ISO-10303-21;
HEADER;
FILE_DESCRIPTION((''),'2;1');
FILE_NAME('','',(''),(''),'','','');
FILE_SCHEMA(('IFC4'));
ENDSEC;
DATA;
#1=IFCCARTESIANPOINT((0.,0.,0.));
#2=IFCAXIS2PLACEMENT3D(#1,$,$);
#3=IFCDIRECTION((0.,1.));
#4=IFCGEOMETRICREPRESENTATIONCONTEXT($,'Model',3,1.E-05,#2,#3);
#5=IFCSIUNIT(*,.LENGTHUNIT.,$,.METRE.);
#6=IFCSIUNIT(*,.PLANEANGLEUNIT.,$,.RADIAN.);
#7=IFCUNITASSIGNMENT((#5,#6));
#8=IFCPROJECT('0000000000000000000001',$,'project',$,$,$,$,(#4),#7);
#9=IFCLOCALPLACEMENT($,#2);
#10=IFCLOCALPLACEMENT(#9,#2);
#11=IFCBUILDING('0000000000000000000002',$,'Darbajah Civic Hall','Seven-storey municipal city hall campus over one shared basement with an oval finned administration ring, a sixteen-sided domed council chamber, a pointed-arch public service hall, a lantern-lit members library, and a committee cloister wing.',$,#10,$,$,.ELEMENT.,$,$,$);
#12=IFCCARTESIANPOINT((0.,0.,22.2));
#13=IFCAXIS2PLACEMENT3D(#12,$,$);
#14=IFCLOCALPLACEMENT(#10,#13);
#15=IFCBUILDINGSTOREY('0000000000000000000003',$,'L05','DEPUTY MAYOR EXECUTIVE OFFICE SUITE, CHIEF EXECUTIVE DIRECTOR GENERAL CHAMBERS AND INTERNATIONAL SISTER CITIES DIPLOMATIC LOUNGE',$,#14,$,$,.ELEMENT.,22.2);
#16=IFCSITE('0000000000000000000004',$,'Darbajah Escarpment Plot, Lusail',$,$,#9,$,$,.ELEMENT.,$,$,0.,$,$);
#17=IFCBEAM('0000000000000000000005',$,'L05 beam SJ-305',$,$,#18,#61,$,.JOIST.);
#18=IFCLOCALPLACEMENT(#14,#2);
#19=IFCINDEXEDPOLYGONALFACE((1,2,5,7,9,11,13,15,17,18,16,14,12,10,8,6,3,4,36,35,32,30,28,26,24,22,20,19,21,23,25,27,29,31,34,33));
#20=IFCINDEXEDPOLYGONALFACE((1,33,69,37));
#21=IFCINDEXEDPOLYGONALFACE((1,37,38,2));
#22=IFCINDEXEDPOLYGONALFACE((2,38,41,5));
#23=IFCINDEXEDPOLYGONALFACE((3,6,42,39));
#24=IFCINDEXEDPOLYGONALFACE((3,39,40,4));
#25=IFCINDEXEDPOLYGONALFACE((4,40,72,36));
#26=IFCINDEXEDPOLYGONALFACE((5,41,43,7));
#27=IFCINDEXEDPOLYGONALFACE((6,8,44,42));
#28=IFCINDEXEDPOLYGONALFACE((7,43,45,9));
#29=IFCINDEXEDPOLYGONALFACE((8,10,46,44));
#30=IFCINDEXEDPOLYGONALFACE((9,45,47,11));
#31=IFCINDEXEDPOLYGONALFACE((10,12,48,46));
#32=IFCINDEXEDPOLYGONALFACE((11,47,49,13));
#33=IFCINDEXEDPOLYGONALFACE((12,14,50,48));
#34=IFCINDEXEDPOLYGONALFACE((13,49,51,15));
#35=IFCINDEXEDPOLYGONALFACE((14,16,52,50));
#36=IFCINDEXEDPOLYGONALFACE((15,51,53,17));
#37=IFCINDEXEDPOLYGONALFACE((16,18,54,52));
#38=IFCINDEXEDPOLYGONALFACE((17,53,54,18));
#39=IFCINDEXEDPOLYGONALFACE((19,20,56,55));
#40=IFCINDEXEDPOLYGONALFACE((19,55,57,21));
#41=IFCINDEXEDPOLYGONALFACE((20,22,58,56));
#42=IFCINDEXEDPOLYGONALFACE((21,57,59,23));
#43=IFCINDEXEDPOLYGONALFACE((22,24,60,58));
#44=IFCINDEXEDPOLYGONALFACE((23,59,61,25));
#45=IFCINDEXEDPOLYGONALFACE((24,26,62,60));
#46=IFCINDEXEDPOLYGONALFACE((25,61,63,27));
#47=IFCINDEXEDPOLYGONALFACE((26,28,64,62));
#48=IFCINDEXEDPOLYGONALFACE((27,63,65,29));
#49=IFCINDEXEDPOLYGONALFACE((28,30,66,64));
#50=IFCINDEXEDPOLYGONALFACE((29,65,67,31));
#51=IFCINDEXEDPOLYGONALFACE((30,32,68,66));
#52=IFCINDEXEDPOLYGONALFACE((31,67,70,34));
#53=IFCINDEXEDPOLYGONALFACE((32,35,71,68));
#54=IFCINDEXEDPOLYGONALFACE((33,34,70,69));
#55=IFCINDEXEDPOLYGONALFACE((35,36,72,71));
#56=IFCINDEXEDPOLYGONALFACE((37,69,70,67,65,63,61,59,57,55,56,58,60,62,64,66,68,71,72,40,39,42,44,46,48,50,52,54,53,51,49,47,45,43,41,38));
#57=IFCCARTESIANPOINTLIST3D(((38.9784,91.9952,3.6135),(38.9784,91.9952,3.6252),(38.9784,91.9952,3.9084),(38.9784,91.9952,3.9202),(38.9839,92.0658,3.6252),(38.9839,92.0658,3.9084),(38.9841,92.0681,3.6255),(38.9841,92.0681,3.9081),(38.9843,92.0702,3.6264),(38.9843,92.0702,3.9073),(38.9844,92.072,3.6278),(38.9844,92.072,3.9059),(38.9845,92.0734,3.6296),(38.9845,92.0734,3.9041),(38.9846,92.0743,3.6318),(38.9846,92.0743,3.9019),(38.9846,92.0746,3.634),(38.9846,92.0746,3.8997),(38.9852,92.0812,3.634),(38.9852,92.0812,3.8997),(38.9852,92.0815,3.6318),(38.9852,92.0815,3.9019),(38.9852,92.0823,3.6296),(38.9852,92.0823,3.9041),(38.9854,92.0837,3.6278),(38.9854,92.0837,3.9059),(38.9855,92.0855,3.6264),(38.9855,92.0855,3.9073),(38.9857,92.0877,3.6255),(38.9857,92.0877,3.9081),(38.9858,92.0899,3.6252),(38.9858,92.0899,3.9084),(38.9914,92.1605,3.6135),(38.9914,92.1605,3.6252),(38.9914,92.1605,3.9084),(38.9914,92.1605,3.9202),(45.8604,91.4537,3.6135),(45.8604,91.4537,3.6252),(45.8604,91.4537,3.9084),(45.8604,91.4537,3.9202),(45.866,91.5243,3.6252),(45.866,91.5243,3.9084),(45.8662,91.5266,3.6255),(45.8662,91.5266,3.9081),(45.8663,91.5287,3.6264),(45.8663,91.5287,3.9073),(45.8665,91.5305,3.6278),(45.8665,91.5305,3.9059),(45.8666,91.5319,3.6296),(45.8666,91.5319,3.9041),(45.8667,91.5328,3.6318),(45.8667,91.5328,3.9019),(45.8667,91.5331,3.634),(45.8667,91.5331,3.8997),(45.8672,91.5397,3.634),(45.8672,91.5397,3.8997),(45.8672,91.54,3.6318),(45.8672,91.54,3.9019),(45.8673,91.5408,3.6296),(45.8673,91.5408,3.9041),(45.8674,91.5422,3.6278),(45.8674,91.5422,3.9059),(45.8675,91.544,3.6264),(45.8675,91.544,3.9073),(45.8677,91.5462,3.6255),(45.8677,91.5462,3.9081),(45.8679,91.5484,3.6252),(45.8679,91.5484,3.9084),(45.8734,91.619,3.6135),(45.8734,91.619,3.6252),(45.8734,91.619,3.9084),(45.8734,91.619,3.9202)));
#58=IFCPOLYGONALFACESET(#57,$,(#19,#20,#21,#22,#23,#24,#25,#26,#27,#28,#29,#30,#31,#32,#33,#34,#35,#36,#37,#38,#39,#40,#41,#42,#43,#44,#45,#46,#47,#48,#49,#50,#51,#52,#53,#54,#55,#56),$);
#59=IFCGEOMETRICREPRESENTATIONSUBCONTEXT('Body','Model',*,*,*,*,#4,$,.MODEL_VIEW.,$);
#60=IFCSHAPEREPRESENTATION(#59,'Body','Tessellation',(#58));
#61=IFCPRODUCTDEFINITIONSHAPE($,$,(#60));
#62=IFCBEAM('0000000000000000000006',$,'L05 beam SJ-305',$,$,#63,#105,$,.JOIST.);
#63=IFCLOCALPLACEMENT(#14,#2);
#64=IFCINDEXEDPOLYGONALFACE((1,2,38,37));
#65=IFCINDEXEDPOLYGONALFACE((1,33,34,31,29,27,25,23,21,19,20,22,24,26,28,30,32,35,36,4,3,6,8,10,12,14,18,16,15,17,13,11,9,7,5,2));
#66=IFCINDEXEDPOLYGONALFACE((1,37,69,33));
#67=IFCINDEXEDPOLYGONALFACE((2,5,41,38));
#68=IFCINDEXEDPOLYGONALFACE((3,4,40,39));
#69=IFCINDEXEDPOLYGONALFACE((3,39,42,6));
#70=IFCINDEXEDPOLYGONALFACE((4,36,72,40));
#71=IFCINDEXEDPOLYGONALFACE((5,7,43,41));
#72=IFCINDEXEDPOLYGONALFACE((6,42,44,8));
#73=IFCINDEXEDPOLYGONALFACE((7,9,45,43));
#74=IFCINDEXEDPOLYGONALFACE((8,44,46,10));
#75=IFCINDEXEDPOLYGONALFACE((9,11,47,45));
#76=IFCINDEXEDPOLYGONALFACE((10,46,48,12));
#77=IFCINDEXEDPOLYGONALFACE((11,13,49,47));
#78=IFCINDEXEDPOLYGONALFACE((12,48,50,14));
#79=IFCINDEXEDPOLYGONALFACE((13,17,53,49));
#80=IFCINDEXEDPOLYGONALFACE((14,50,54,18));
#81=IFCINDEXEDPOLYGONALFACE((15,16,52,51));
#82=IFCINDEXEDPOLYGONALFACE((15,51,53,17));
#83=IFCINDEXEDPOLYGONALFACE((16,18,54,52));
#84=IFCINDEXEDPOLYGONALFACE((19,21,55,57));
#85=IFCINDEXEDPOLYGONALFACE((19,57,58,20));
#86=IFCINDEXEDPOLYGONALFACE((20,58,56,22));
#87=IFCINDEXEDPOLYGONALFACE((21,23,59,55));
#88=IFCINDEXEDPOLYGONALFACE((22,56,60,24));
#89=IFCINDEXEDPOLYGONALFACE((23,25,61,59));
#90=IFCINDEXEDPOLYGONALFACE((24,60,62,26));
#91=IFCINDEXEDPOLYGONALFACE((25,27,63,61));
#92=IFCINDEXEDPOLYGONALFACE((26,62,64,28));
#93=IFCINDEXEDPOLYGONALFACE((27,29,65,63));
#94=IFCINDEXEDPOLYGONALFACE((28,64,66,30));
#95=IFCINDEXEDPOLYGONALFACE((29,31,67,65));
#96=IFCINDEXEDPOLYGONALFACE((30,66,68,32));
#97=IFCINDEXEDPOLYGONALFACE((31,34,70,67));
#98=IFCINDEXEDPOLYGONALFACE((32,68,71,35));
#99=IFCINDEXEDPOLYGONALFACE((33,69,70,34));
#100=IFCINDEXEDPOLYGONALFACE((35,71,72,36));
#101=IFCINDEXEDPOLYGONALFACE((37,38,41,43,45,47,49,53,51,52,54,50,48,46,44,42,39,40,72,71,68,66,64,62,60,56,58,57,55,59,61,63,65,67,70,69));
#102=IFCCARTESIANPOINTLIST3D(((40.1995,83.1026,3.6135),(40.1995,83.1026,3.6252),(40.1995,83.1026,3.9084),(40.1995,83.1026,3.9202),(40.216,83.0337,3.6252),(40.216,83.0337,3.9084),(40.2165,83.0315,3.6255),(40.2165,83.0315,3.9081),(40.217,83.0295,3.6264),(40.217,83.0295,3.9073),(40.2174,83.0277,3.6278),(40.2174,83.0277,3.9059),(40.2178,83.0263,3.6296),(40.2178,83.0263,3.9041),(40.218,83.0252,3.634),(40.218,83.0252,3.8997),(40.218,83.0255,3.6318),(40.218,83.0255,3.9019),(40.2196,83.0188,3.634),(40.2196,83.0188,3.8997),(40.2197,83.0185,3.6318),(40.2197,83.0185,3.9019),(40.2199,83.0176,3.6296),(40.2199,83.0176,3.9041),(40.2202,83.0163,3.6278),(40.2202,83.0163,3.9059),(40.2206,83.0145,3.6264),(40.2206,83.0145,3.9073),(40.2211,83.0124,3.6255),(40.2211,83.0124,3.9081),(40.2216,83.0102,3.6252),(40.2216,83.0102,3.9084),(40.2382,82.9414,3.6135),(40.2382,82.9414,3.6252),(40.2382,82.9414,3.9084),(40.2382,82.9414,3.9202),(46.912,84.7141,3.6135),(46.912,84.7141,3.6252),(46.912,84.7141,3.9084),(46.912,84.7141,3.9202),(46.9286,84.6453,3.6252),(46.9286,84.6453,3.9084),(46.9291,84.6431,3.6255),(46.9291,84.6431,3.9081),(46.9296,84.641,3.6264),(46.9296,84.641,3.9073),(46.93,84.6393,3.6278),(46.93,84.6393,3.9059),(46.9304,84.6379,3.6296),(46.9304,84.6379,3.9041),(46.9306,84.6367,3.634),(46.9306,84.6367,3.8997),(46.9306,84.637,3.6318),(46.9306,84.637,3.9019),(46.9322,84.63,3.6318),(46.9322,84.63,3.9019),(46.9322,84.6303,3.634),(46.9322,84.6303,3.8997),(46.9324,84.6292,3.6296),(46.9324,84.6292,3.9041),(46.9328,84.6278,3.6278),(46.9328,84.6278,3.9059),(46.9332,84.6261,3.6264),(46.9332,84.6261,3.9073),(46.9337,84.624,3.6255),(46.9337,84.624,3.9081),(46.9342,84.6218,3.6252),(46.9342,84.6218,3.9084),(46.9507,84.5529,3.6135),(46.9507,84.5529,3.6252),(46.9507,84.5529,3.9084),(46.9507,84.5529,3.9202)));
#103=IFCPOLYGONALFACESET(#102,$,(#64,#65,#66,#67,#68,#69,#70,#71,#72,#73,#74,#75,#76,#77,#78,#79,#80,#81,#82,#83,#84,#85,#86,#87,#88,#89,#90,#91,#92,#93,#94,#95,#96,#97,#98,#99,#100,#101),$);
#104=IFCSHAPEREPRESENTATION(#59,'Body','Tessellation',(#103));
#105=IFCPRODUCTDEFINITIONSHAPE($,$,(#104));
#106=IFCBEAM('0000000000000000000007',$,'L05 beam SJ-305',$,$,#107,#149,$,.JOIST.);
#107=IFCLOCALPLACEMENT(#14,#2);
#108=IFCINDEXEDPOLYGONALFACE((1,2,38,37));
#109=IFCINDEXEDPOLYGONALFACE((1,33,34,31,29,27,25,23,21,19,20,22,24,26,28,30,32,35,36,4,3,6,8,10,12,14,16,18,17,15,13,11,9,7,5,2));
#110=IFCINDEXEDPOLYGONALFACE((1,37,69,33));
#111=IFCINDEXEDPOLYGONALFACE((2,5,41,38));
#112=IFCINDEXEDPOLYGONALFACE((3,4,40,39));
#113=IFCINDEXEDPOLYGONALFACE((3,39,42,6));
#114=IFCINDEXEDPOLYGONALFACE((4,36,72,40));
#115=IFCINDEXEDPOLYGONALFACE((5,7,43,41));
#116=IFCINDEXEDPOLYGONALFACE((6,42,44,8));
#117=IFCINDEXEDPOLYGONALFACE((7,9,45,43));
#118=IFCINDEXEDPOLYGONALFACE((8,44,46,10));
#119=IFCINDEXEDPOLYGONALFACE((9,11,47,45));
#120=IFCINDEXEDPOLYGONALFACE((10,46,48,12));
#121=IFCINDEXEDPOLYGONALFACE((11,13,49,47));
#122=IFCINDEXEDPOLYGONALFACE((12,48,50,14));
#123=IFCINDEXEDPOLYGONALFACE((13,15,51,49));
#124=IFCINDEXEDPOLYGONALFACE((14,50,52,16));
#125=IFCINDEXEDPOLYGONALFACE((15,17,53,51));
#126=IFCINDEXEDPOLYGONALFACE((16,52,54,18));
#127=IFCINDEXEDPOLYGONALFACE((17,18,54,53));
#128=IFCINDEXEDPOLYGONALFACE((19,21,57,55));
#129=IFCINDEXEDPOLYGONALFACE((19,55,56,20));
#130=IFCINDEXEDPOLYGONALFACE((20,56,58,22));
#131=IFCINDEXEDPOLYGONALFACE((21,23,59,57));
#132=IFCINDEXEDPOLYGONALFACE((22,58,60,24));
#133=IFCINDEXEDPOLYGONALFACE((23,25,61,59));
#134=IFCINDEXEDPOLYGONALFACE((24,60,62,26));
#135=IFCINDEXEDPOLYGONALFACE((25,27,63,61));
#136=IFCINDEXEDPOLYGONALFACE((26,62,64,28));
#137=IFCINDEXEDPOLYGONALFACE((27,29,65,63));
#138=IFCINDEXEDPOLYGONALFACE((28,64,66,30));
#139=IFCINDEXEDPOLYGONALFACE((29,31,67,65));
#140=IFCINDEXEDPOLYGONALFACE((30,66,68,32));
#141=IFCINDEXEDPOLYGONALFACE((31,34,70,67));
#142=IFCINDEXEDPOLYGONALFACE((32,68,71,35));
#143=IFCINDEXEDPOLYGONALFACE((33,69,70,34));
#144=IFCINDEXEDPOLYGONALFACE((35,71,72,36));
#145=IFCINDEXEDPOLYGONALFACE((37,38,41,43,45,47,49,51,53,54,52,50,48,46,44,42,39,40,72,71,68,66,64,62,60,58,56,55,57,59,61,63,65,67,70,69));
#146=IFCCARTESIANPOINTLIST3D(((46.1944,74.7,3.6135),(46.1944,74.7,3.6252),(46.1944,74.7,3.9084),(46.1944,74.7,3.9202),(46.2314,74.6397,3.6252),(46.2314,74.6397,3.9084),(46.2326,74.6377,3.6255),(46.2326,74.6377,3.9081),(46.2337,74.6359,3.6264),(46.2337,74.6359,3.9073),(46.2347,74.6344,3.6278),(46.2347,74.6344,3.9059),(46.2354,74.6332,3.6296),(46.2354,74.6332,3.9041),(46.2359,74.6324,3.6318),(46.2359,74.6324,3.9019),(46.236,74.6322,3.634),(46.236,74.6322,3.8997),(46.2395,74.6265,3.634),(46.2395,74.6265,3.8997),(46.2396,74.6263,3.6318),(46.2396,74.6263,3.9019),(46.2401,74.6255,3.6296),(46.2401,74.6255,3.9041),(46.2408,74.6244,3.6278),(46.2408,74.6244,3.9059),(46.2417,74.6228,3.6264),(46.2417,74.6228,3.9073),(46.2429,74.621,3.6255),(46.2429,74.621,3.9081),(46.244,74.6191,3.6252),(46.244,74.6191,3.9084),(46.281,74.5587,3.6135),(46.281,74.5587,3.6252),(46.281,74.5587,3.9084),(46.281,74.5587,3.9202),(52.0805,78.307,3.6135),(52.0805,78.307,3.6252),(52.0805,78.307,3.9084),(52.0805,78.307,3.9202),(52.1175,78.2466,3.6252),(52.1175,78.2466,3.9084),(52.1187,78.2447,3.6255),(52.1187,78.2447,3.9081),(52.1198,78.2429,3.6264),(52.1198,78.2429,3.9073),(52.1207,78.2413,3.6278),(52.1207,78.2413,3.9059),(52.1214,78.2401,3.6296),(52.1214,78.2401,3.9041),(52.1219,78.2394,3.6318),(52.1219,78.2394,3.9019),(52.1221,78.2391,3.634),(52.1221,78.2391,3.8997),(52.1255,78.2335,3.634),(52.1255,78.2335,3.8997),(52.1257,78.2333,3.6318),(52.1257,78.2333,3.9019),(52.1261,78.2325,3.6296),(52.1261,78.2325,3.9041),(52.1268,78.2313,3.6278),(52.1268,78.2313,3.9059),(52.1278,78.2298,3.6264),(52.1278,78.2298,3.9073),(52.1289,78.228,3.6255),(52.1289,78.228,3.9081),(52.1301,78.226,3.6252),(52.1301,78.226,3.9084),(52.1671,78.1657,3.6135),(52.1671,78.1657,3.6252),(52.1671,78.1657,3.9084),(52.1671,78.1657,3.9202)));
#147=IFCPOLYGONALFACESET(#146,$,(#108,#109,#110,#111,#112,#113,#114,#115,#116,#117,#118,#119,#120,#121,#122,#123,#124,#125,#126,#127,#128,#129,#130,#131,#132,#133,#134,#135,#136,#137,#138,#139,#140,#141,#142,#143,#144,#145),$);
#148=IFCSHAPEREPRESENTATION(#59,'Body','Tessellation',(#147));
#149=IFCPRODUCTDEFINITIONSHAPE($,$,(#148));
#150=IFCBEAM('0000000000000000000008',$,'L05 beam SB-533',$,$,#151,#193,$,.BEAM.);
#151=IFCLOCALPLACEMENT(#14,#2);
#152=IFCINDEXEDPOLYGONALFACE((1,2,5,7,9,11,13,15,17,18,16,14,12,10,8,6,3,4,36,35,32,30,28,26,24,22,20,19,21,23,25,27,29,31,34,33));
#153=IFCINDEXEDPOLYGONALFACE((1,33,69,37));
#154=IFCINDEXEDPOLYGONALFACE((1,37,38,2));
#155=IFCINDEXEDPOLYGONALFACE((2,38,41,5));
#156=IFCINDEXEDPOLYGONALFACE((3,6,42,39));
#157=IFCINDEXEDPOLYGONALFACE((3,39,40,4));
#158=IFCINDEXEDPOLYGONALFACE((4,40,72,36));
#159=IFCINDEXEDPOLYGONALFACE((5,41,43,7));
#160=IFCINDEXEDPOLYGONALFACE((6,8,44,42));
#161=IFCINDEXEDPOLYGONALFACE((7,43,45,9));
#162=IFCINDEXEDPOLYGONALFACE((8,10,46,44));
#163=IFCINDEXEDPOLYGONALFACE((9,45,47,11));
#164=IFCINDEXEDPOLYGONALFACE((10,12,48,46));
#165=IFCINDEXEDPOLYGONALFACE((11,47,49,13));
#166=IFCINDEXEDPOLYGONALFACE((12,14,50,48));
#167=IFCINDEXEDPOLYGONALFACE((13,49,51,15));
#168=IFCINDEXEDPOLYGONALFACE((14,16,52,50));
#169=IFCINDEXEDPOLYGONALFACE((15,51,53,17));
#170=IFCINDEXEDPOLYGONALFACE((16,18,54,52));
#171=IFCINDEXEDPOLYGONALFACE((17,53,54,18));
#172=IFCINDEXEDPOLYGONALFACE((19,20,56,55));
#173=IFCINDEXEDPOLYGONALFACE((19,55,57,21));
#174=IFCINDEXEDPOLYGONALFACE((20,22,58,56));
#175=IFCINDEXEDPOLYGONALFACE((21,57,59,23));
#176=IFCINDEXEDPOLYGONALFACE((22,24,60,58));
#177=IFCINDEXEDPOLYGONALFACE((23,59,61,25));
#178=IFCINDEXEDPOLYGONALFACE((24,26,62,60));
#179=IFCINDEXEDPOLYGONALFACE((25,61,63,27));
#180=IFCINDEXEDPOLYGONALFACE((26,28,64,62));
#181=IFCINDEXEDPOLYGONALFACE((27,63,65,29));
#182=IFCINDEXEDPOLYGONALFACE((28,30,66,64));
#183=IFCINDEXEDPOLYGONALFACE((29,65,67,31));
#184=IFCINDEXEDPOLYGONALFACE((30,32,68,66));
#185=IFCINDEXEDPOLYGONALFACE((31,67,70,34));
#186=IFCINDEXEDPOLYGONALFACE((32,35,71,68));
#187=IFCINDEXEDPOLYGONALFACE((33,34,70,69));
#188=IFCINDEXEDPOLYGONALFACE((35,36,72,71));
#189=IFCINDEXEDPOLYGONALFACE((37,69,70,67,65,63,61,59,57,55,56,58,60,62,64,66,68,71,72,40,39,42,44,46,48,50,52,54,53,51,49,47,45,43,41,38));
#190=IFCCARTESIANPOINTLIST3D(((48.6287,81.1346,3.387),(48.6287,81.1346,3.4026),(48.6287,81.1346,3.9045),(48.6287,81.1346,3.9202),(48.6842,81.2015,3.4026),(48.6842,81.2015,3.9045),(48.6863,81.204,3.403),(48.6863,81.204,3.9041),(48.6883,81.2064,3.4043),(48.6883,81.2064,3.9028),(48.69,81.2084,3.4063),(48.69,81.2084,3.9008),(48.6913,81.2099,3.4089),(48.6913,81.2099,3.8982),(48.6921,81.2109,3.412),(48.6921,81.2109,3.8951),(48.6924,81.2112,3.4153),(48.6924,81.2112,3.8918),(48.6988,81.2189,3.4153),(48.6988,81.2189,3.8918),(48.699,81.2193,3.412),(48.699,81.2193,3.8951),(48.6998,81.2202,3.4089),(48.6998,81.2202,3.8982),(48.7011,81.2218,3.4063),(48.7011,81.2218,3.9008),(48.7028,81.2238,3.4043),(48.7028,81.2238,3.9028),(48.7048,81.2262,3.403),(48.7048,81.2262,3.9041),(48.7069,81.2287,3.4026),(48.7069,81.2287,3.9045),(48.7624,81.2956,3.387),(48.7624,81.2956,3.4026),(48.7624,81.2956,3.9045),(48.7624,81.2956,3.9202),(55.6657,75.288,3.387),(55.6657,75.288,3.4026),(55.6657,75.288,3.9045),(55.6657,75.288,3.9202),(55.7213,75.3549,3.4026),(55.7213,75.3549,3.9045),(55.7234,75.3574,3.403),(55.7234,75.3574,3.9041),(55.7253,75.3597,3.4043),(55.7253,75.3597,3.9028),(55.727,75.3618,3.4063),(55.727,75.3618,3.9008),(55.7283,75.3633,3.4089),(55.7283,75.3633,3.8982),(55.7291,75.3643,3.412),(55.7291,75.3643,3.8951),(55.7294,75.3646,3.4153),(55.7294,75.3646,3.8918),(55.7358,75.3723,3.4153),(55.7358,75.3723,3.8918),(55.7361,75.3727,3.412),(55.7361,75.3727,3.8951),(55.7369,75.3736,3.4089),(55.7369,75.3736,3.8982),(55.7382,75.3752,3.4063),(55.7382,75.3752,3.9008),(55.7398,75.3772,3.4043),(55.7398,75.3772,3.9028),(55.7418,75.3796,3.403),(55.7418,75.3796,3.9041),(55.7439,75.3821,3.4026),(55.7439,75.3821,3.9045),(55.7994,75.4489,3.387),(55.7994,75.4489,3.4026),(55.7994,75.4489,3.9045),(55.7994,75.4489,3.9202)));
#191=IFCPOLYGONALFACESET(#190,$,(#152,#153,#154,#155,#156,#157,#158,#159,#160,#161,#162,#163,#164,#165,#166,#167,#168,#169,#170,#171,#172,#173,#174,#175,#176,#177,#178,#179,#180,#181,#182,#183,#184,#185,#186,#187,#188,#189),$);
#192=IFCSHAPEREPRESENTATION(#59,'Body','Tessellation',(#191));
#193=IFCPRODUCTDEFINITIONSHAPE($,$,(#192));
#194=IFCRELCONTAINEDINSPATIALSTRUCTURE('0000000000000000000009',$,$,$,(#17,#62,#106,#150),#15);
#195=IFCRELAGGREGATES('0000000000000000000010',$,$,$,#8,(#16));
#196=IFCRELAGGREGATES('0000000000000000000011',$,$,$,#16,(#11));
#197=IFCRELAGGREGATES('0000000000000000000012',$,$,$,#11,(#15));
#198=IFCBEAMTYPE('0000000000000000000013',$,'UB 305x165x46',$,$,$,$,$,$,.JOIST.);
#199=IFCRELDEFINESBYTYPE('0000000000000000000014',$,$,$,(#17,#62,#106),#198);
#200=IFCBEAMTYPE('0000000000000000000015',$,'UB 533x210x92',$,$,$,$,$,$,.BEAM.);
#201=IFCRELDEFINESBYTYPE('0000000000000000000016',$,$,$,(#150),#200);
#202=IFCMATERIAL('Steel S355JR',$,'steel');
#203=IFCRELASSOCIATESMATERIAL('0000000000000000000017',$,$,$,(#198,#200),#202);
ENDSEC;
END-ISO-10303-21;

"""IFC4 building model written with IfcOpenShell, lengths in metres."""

from ifc_helpers import new_model, si_unit, direction, frame, origin, origin_2d, place, context, subcontext, project, spatial, i_section, extrude, material, material_profile, profile_set, type_object, element, save


model = new_model("IFC4")

# Units and contexts
model_context = context("Model", 3, precision=1e-05, world=origin(), true_north=direction((0.0, 1.0)))
body_context = subcontext(model_context, "Body", "Model", "MODEL_VIEW")
ifc_project = project(units=[si_unit("LENGTHUNIT", "METRE"), si_unit("PLANEANGLEUNIT", "RADIAN")], contexts=[model_context])

# Site, building, storey
site_placement = place(None, origin())
site = spatial("IfcSite", under=ifc_project, at=site_placement, Name="Darbajah Escarpment Plot, Lusail", CompositionType="ELEMENT", RefElevation=0.0)
building_placement = place(site_placement, origin())
building = spatial("IfcBuilding", under=site, at=building_placement, Name="Darbajah Civic Hall", Description="Seven-storey municipal city hall campus over one shared basement with an oval finned administration ring, a sixteen-sided domed council chamber, a pointed-arch public service hall, a lantern-lit members library, and a committee cloister wing.", CompositionType="ELEMENT")
storey_placement = place(building_placement, frame((0.0, 0.0, 22.2)))
storey = spatial("IfcBuildingStorey", under=building, at=storey_placement, Name="L05", Description="DEPUTY MAYOR EXECUTIVE OFFICE SUITE, CHIEF EXECUTIVE DIRECTOR GENERAL CHAMBERS AND INTERNATIONAL SISTER CITIES DIPLOMATIC LOUNGE", CompositionType="ELEMENT", Elevation=22.2)

# Beams
ifc_material_1 = material(Name="Steel S355JR", Category="steel")
ifc_material_profile_1 = material_profile(ifc_material_1, i_section(OverallWidth=0.1658, OverallDepth=0.3066, WebThickness=0.0066, FlangeThickness=0.0117, FilletRadius=0.0088, at=origin_2d()), Name="UB 305x165x46")
ifc_profile_set_1 = profile_set([ifc_material_profile_1], Name="Steel S355JR")
beam_type_1 = type_object("IfcBeamType", Name="UB 305x165x46", PredefinedType="JOIST", material=ifc_profile_set_1)
for number, where, z_axis, x_axis, name in (
    (1, (45.8669, 91.5364, 3.7668), (-0.996919, 0.078441, 0.0), (-0.078441, -0.996919, 0.0), "L05 beam SJ-305"),
    (2, (46.9314, 84.6335, 3.7668), (-0.97237, -0.233447, 0.0), (0.233447, -0.97237, 0.0), "L05 beam SJ-305"),
    (3, (52.1238, 78.2363, 3.7668), (-0.85264, -0.522498, 0.0), (0.522498, -0.85264, 0.0), "L05 beam SJ-305"),
):
    element("IfcBeam", number, at=place(storey_placement, frame(where, z_axis=z_axis, x_axis=x_axis)), inside=storey, type_object=beam_type_1, Name=name, PredefinedType="JOIST", context=body_context, shape_type="SweptSolid", body=[
        extrude(i_section(OverallWidth=0.1658, OverallDepth=0.3066, WebThickness=0.0066, FlangeThickness=0.0117, FilletRadius=0.0088, at=origin_2d()), origin(), (0.0, 0.0, 1.0), 6.9033),
    ])
ifc_material_profile_2 = material_profile(ifc_material_1, i_section(OverallWidth=0.2092, OverallDepth=0.5332, WebThickness=0.01, FlangeThickness=0.0156, FilletRadius=0.0127, at=origin_2d()), Name="UB 533x210x92")
ifc_profile_set_2 = profile_set([ifc_material_profile_2], Name="Steel S355JR")
beam_type_2 = type_object("IfcBeamType", Name="UB 533x210x92", PredefinedType="BEAM", material=ifc_profile_set_2)
beam_1_placement = place(storey_placement, frame((48.6956, 81.2151, 3.6536), z_axis=(0.769165, -0.63905, 0.0), x_axis=(0.63905, 0.769165, 0.0)))
element("IfcBeam", 4, at=beam_1_placement, inside=storey, type_object=beam_type_2, Name="L05 beam SB-533", PredefinedType="BEAM", context=body_context, shape_type="SweptSolid", body=[
    extrude(i_section(OverallWidth=0.2092, OverallDepth=0.5332, WebThickness=0.01, FlangeThickness=0.0156, FilletRadius=0.0127, at=origin_2d()), origin(), (0.0, 0.0, 1.0), 9.1489),
])

save(model, "model.ifc")
